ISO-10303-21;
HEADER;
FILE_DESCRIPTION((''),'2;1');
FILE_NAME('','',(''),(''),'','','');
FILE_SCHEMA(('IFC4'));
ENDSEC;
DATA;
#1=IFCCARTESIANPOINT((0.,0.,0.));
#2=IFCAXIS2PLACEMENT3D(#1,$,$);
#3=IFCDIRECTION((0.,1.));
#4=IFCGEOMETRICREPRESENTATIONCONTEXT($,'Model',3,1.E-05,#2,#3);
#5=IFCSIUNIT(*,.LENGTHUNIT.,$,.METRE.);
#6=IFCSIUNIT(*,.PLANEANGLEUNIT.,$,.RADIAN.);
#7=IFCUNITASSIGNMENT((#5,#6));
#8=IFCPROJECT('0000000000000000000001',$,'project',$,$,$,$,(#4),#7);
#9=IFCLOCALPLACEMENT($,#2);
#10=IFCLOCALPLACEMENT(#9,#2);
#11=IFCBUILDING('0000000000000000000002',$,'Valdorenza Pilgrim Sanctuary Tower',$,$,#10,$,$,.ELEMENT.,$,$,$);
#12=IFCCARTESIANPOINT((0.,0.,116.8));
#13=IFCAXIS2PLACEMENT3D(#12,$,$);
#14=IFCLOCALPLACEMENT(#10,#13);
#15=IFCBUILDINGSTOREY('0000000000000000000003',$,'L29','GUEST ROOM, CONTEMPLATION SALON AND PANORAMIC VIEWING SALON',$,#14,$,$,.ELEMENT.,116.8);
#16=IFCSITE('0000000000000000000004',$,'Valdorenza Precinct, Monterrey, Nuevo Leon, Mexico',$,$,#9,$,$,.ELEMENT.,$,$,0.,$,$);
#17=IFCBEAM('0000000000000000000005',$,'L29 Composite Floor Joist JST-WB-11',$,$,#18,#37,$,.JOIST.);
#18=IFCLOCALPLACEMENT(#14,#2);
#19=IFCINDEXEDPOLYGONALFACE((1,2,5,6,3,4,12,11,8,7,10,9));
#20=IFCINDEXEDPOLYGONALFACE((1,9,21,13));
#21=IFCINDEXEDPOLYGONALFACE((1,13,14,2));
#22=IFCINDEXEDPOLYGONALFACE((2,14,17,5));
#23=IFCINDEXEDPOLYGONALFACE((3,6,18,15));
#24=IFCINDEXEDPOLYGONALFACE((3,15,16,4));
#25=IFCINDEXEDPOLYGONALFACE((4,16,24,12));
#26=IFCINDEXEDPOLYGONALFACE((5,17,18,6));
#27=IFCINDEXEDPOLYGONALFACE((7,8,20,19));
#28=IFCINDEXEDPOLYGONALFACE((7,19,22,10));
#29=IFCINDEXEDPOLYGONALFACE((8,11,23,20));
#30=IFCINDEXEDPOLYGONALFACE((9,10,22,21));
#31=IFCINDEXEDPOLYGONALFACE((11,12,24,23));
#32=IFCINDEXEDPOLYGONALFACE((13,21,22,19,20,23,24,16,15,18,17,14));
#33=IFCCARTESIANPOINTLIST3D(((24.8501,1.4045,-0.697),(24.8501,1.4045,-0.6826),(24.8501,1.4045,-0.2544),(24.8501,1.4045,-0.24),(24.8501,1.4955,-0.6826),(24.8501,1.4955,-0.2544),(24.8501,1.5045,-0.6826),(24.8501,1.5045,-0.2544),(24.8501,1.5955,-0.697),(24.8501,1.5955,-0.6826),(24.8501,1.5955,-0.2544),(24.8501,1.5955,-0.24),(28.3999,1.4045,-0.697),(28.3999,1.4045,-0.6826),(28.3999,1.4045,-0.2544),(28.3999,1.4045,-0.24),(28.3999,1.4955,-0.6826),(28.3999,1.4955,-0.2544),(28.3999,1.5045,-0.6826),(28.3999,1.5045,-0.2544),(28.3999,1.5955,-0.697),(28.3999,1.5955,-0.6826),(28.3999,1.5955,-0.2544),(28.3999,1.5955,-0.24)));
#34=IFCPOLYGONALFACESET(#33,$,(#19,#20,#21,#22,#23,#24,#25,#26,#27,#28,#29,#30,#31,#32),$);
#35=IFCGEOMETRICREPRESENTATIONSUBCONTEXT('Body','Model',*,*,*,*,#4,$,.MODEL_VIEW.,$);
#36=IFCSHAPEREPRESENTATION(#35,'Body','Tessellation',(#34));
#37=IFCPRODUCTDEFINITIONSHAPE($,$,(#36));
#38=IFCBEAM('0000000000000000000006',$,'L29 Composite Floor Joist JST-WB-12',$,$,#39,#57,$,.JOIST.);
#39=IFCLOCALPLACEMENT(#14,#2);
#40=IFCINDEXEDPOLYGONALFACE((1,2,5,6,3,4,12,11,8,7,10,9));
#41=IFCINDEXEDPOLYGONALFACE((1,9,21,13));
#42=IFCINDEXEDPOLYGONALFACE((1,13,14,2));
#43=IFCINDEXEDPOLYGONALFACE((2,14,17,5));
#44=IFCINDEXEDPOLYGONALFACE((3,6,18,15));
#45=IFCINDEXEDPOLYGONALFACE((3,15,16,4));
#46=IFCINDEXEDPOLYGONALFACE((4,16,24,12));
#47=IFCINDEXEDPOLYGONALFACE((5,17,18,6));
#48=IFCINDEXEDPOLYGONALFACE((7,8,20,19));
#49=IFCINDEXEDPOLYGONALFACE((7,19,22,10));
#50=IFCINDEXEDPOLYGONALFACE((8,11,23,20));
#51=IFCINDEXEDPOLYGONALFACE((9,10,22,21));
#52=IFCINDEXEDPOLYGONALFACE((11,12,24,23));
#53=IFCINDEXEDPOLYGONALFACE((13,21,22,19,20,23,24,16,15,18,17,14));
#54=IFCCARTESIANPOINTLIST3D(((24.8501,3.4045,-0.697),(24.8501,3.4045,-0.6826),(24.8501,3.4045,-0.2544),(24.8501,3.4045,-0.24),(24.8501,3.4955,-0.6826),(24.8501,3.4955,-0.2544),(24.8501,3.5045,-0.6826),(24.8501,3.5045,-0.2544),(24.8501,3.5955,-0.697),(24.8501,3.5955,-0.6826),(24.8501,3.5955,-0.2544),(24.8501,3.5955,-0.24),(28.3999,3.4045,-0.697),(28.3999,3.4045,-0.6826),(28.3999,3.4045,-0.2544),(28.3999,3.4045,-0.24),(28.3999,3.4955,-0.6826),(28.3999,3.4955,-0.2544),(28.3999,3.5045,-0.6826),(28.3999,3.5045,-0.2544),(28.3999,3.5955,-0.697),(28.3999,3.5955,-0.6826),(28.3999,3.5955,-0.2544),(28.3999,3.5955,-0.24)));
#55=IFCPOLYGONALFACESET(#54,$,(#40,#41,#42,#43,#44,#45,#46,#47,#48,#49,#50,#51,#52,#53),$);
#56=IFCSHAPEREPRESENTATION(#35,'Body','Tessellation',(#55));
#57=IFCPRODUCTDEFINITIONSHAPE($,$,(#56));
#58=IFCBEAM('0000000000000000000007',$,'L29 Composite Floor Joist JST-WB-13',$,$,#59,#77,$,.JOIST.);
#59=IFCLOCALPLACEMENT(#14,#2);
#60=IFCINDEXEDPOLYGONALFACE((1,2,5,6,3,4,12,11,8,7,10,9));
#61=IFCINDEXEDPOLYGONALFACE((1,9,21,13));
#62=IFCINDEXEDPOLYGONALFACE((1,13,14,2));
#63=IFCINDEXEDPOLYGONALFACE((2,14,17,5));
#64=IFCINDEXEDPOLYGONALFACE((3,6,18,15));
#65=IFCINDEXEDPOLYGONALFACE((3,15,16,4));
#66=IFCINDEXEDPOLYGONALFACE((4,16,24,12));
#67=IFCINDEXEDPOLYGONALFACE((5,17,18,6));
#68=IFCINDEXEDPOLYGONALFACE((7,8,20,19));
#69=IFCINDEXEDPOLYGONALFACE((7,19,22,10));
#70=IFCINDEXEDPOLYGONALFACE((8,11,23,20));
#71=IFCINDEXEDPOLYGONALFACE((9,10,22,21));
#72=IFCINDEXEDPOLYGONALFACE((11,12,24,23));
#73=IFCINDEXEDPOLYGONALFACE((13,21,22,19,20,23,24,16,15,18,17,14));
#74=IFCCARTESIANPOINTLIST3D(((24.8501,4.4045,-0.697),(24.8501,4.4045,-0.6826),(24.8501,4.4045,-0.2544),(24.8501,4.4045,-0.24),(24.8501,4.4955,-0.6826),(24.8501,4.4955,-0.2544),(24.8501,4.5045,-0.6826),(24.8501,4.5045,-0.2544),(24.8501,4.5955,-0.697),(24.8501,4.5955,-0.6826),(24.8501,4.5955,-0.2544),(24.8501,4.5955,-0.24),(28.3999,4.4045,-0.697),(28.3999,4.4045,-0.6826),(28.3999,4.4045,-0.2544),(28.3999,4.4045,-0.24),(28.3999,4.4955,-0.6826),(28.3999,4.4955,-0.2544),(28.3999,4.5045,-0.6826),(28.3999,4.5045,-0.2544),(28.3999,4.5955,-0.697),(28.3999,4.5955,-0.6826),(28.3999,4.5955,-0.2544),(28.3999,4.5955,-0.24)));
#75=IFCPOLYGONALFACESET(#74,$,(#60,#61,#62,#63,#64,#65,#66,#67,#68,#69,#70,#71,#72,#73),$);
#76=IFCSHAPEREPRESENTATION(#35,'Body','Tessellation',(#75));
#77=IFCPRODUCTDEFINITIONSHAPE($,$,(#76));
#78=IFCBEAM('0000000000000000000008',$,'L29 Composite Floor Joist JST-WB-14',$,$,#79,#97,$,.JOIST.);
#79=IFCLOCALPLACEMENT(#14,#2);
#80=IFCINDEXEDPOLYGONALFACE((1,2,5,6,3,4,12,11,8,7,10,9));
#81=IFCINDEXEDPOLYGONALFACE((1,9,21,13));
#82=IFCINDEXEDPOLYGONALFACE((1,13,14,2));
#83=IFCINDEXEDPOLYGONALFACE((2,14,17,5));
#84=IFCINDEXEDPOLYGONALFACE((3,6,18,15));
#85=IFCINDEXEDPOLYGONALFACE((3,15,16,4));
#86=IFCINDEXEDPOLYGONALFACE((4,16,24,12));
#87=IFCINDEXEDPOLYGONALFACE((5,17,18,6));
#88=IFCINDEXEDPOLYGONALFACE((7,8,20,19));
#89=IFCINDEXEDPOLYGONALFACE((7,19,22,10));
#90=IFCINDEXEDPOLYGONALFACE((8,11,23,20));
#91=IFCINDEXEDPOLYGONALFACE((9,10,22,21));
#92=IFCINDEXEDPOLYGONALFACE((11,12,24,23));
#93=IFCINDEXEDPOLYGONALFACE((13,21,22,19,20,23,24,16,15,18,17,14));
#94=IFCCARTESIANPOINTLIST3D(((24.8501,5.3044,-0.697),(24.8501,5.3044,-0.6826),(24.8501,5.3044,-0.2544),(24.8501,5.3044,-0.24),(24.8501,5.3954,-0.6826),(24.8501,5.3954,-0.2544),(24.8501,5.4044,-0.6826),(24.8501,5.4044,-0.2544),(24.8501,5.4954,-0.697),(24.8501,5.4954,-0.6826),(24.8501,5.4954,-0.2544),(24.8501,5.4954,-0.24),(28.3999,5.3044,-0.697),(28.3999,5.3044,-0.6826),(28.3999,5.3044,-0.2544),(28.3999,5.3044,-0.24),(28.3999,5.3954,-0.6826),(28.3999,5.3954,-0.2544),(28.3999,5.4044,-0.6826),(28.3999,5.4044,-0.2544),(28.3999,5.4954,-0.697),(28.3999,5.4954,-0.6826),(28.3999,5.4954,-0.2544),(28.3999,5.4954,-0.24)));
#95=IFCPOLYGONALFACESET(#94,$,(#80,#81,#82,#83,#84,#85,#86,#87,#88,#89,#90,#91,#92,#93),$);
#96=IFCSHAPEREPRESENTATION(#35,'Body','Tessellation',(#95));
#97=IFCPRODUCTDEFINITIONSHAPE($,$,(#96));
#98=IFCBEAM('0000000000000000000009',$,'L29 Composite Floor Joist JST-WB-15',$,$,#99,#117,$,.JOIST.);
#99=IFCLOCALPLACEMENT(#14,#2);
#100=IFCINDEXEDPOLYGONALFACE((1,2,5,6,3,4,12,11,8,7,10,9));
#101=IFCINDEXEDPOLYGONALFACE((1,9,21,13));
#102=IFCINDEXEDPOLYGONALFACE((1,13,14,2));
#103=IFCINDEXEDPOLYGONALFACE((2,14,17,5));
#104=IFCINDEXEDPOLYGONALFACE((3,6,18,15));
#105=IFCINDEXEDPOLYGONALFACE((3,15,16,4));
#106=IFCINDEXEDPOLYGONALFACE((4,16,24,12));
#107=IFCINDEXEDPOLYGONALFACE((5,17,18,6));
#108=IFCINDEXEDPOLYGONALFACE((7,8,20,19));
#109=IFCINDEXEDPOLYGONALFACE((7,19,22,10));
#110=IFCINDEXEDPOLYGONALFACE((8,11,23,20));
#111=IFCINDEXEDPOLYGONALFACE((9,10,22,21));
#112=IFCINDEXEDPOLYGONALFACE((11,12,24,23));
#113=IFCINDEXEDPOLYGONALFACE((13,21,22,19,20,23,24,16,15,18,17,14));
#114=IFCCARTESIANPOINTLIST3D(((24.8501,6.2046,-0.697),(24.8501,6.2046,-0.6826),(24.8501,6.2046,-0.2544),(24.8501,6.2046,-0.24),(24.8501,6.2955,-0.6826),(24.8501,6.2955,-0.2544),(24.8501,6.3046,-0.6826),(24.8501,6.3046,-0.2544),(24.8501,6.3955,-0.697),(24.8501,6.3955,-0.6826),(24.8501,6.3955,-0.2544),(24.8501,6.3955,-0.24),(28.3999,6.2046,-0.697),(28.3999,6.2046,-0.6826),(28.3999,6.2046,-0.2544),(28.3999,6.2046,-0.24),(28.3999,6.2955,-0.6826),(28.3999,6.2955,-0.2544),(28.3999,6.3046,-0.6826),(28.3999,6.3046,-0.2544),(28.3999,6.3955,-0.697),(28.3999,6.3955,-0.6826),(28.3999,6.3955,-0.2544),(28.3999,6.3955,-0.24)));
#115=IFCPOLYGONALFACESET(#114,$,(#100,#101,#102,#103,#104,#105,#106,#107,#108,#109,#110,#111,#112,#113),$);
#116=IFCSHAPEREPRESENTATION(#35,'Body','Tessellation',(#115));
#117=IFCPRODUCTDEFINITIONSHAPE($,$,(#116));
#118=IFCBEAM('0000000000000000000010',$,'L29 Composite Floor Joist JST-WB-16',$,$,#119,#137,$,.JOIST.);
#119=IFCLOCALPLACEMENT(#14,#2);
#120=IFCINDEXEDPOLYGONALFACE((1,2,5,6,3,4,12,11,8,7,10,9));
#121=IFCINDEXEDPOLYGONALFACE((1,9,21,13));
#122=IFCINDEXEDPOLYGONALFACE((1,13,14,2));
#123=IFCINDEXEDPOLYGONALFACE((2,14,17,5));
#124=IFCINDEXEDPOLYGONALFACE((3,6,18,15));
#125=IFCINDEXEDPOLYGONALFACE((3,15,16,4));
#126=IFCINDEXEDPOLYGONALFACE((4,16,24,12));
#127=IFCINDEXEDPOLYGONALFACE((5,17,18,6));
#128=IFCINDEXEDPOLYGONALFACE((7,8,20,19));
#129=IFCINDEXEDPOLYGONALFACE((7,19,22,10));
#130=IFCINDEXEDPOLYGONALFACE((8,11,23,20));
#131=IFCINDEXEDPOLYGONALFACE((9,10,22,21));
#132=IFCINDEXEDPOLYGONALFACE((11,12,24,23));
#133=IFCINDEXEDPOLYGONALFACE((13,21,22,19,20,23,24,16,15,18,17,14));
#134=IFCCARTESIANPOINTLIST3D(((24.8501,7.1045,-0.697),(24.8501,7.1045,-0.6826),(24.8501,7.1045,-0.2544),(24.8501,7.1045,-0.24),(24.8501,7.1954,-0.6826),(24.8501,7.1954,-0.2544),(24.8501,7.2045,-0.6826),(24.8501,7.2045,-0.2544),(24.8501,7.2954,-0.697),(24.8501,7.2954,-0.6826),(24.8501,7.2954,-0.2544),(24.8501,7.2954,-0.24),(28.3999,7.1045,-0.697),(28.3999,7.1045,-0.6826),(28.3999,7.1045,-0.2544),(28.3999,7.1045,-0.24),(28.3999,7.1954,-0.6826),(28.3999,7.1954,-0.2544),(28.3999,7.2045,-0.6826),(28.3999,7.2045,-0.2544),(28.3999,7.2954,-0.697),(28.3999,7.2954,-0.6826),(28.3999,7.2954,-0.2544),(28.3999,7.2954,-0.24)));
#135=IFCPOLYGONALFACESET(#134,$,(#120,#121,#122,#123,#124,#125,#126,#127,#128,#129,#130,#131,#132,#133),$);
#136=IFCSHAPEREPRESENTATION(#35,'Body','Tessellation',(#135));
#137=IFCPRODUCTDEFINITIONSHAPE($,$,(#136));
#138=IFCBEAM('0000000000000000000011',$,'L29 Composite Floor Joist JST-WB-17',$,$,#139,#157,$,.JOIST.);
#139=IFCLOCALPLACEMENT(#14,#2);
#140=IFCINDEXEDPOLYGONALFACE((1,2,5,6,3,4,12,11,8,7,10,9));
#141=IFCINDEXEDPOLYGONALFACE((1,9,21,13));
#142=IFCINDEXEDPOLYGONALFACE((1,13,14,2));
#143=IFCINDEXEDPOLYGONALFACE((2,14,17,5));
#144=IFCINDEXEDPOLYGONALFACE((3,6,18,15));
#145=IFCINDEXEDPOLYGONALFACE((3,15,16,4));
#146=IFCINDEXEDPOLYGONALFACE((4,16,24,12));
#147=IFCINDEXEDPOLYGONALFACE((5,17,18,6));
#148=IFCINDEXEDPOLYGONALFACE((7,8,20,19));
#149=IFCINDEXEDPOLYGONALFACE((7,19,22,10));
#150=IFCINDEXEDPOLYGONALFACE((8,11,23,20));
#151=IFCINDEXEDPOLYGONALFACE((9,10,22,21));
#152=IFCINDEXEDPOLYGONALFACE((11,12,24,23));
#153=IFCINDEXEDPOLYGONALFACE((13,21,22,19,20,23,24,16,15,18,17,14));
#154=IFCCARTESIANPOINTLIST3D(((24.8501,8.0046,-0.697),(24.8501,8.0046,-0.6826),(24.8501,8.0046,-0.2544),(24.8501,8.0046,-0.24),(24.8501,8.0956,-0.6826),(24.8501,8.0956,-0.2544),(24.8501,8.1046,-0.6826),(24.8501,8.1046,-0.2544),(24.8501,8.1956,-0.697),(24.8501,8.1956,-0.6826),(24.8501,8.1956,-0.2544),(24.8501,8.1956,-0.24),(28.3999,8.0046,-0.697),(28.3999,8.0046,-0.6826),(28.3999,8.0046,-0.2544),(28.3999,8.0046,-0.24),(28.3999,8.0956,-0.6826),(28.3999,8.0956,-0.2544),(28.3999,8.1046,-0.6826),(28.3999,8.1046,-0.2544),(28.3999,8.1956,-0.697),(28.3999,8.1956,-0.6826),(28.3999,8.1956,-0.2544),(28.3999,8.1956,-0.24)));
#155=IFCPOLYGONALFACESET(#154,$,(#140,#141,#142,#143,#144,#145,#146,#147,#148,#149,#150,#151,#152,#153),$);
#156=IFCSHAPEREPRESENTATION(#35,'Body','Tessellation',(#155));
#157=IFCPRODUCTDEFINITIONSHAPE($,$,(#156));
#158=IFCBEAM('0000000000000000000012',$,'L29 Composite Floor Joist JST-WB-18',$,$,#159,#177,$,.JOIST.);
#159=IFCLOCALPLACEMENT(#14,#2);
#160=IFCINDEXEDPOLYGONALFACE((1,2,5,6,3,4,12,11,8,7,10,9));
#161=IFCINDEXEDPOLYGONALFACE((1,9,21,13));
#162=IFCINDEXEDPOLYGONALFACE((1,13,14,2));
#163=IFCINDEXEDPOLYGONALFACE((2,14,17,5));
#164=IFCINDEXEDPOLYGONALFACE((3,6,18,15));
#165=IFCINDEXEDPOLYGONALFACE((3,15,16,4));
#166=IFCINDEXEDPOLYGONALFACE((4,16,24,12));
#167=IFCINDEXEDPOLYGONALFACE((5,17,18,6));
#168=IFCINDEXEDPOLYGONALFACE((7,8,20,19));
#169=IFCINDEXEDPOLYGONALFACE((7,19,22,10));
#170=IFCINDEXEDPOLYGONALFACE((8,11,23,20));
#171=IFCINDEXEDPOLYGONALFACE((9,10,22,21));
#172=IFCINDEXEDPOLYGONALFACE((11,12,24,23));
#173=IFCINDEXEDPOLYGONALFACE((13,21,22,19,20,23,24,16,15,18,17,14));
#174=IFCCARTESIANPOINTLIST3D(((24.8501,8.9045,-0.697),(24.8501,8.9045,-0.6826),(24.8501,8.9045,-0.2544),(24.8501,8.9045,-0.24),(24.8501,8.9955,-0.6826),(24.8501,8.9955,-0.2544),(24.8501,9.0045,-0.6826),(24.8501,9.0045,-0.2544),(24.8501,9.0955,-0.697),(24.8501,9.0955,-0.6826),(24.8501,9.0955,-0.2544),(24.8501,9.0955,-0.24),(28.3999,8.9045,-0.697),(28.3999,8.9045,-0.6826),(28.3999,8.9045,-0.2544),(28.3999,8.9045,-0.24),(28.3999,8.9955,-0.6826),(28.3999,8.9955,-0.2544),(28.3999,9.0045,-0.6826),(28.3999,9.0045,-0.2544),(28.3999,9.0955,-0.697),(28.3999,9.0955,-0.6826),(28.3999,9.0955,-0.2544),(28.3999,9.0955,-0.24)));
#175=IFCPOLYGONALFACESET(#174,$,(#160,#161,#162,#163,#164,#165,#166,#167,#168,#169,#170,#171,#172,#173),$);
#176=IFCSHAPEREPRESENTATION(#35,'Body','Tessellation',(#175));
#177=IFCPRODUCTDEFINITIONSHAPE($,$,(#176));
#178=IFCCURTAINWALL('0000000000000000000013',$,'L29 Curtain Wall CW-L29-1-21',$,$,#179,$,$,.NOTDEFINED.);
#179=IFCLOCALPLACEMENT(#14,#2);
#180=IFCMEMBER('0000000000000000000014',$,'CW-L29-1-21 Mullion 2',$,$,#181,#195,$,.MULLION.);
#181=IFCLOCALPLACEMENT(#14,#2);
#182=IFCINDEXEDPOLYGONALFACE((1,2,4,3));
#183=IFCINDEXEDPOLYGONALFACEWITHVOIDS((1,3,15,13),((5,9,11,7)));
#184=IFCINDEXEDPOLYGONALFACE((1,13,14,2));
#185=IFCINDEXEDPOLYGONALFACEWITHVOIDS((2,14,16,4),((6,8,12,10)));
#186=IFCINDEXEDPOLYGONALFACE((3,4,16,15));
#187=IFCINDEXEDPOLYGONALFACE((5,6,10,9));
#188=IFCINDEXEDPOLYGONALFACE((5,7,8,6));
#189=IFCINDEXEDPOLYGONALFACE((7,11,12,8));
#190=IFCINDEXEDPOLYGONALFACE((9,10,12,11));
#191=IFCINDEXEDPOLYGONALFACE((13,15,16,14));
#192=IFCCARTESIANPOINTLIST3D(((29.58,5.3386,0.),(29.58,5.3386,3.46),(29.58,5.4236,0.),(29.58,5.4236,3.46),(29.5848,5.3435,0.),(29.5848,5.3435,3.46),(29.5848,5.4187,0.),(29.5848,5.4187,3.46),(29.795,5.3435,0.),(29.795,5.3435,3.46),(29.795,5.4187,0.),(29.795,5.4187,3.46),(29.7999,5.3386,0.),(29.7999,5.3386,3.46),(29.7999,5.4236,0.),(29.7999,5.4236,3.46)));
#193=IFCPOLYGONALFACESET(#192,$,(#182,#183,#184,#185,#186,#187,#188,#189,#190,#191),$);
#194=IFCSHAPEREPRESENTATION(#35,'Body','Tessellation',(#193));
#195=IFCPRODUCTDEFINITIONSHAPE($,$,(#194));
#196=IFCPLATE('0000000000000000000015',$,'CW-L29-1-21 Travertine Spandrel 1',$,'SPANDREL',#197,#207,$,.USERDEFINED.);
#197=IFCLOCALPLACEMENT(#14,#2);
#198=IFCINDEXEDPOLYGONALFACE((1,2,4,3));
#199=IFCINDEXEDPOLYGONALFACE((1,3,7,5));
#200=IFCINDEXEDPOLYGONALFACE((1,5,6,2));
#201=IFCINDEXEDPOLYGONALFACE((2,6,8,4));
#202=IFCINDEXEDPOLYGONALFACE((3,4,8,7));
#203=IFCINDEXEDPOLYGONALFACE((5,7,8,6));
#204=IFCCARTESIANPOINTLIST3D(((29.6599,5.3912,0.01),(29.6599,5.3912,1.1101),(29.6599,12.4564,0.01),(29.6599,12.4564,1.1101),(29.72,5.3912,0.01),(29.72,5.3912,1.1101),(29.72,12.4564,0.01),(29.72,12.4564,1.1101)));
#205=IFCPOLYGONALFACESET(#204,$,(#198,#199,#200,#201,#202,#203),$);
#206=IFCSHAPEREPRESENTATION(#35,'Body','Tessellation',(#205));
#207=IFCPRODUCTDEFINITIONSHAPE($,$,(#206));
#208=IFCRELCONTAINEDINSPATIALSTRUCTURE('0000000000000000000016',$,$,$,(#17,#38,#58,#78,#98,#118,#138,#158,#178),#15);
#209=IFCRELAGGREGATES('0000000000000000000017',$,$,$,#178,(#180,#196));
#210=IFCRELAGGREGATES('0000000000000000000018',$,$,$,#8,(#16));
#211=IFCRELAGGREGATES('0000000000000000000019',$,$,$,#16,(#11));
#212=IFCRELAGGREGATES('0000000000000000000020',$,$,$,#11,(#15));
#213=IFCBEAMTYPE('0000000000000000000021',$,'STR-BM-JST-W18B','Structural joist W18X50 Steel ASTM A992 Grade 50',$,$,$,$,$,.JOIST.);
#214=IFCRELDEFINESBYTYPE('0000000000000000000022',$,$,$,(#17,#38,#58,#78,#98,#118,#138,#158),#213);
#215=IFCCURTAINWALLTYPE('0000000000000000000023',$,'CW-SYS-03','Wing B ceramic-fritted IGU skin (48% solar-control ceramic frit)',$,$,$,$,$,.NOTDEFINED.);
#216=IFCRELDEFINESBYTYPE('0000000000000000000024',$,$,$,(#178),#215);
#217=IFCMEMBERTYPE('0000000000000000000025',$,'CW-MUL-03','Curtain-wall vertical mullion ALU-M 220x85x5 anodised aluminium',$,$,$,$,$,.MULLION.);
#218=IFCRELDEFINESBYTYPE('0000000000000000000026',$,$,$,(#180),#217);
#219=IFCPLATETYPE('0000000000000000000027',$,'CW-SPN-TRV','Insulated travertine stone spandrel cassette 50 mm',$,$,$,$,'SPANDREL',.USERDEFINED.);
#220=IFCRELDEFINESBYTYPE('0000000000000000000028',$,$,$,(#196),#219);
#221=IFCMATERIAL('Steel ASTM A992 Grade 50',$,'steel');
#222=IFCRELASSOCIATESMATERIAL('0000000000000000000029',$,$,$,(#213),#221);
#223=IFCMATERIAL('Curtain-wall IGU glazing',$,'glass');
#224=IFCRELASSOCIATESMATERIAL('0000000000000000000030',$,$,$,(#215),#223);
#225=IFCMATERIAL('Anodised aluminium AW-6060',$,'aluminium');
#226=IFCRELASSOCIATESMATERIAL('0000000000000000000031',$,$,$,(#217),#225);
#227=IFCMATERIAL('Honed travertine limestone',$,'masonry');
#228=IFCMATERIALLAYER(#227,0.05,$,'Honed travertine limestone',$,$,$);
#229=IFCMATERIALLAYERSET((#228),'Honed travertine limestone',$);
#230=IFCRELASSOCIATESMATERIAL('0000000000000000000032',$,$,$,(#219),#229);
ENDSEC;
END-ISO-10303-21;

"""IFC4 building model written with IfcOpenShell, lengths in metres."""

from ifc_helpers import new_model, si_unit, direction, frame, origin, origin_2d, place, context, subcontext, project, spatial, rectangle, hollow_rectangle, i_section, extrude, source, transform, mapped, material, layer, layer_set, material_profile, profile_set, type_object, element, aggregate, save


model = new_model("IFC4")

# Units and contexts
model_context = context("Model", 3, precision=1e-05, world=origin(), true_north=direction((0.0, 1.0)))
body_context = subcontext(model_context, "Body", "Model", "MODEL_VIEW")
ifc_project = project(units=[si_unit("LENGTHUNIT", "METRE"), si_unit("PLANEANGLEUNIT", "RADIAN")], contexts=[model_context])

# Site, building, storey
site_placement = place(None, origin())
site = spatial("IfcSite", under=ifc_project, at=site_placement, Name="Valdorenza Precinct, Monterrey, Nuevo Leon, Mexico", CompositionType="ELEMENT", RefElevation=0.0)
building_placement = place(site_placement, origin())
building = spatial("IfcBuilding", under=site, at=building_placement, Name="Valdorenza Pilgrim Sanctuary Tower", CompositionType="ELEMENT")
storey_placement = place(building_placement, frame((0.0, 0.0, 116.8)))
storey = spatial("IfcBuildingStorey", under=building, at=storey_placement, Name="L29", Description="GUEST ROOM, CONTEMPLATION SALON AND PANORAMIC VIEWING SALON", CompositionType="ELEMENT", Elevation=116.8)

# Beams
ifc_material_1 = material(Name="Steel ASTM A992 Grade 50", Category="steel")
ifc_material_profile_1 = material_profile(ifc_material_1, i_section(OverallWidth=0.1909, OverallDepth=0.457, WebThickness=0.009, FlangeThickness=0.0144, at=origin_2d()), Name="W18X50")
ifc_profile_set_1 = profile_set([ifc_material_profile_1], Name="Steel ASTM A992 Grade 50")
beam_type = type_object("IfcBeamType", Name="STR-BM-JST-W18B", Description="Structural joist W18X50 Steel ASTM A992 Grade 50", PredefinedType="JOIST", material=ifc_profile_set_1)
shared_shape_1 = source(origin(), body_context, "Body", "SweptSolid", [
    extrude(i_section(OverallWidth=0.1909, OverallDepth=0.457, WebThickness=0.009, FlangeThickness=0.0144, at=origin_2d()), origin(), (0.0, 0.0, 1.0), 3.5498),
])
for number, where, z_axis, x_axis, name in (
    (1, (24.8501, 1.5, -0.4685), (1.0, 0.0, 0.0), (0.0, 1.0, 0.0), "L29 Composite Floor Joist JST-WB-11"),
    (2, (24.8501, 3.5, -0.4685), (1.0, 0.0, 0.0), (0.0, 1.0, 0.0), "L29 Composite Floor Joist JST-WB-12"),
    (3, (24.8501, 4.5, -0.4685), (1.0, 0.0, 0.0), (0.0, 1.0, 0.0), "L29 Composite Floor Joist JST-WB-13"),
    (4, (24.8501, 5.3999, -0.4685), (1.0, 0.0, 0.0), (0.0, 1.0, 0.0), "L29 Composite Floor Joist JST-WB-14"),
    (5, (24.8501, 6.3, -0.4685), (1.0, 0.0, 0.0), (0.0, 1.0, 0.0), "L29 Composite Floor Joist JST-WB-15"),
    (6, (24.8501, 7.2, -0.4685), (1.0, 0.0, 0.0), (0.0, 1.0, 0.0), "L29 Composite Floor Joist JST-WB-16"),
    (7, (24.8501, 8.1001, -0.4685), (1.0, 0.0, 0.0), (0.0, 1.0, 0.0), "L29 Composite Floor Joist JST-WB-17"),
    (8, (24.8501, 9.0, -0.4685), (1.0, 0.0, 0.0), (0.0, 1.0, 0.0), "L29 Composite Floor Joist JST-WB-18"),
):
    element("IfcBeam", number, at=place(storey_placement, frame(where, z_axis=z_axis, x_axis=x_axis)), inside=storey, type_object=beam_type, Name=name, PredefinedType="JOIST", context=body_context, shape_type="MappedRepresentation", body=[
        mapped(shared_shape_1, transform((0.0, 0.0, 0.0), x_axis=(1.0, 0.0, 0.0), y_axis=(0.0, 1.0, 0.0), z_axis=(0.0, 0.0, 1.0), scale=1.0)),
    ])

# Curtain wall, member, plate
ifc_material_2 = material(Name="Curtain-wall IGU glazing", Category="glass")
curtain_wall_type = type_object("IfcCurtainWallType", Name="CW-SYS-03", Description="Wing B ceramic-fritted IGU skin (48% solar-control ceramic frit)", PredefinedType="NOTDEFINED", material=ifc_material_2)
curtain_wall_placement = place(storey_placement, origin())
curtain_wall = element("IfcCurtainWall", 9, at=curtain_wall_placement, inside=storey, type_object=curtain_wall_type, Name="L29 Curtain Wall CW-L29-1-21", PredefinedType="NOTDEFINED")
ifc_material_3 = material(Name="Anodised aluminium AW-6060", Category="aluminium")
ifc_material_profile_2 = material_profile(ifc_material_3, hollow_rectangle(XDim=0.085, YDim=0.22, WallThickness=0.0049, at=origin_2d()), Name="ALU-M 220x85x5")
ifc_profile_set_2 = profile_set([ifc_material_profile_2], Name="Anodised aluminium AW-6060")
member_type = type_object("IfcMemberType", Name="CW-MUL-03", Description="Curtain-wall vertical mullion ALU-M 220x85x5 anodised aluminium", PredefinedType="MULLION", material=ifc_profile_set_2)
shared_shape_2 = source(origin(), body_context, "Body", "SweptSolid", [
    extrude(hollow_rectangle(XDim=0.085, YDim=0.22, WallThickness=0.0049, at=origin_2d()), origin(), (0.0, 0.0, 1.0), 3.46),
])
member_placement = place(storey_placement, frame((29.6899, 5.3811, 0.0), z_axis=(0.0, 0.0, 1.0), x_axis=(0.0, -1.0, 0.0)))
member = element("IfcMember", 10, at=member_placement, type_object=member_type, Name="CW-L29-1-21 Mullion 2", PredefinedType="MULLION", context=body_context, shape_type="MappedRepresentation", body=[
    mapped(shared_shape_2, transform((0.0, 0.0, 0.0), x_axis=(1.0, 0.0, 0.0), y_axis=(0.0, 1.0, 0.0), z_axis=(0.0, 0.0, 1.0), scale=1.0)),
])
ifc_material_4 = material(Name="Honed travertine limestone", Category="masonry")
ifc_layer_1 = layer(ifc_material_4, 0.05, Name="Honed travertine limestone")
ifc_layer_set_1 = layer_set([ifc_layer_1], Name="Honed travertine limestone")
plate_type_1 = type_object("IfcPlateType", Name="CW-SPN-TRV", Description="Insulated travertine stone spandrel cassette 50 mm", ElementType="SPANDREL", PredefinedType="USERDEFINED", material=ifc_layer_set_1)
shared_shape_3 = source(origin(), body_context, "Body", "SweptSolid", [
    extrude(rectangle(XDim=7.0652, YDim=0.0601, at=origin_2d()), origin(), (0.0, 0.0, 1.0), 1.1001),
])
plate_1_placement = place(storey_placement, frame((29.6899, 8.9238, 0.01), z_axis=(0.0, 0.0, 1.0), x_axis=(0.0, -1.0, 0.0)))
plate_1 = element("IfcPlate", 11, at=plate_1_placement, type_object=plate_type_1, Name="CW-L29-1-21 Travertine Spandrel 1", ObjectType="SPANDREL", PredefinedType="USERDEFINED", context=body_context, shape_type="MappedRepresentation", body=[
    mapped(shared_shape_3, transform((0.0, 0.0, 0.0), x_axis=(1.0, 0.0, 0.0), y_axis=(0.0, 1.0, 0.0), z_axis=(0.0, 0.0, 1.0), scale=1.0)),
])
aggregate(curtain_wall, [member, plate_1])

save(model, "model.ifc")
